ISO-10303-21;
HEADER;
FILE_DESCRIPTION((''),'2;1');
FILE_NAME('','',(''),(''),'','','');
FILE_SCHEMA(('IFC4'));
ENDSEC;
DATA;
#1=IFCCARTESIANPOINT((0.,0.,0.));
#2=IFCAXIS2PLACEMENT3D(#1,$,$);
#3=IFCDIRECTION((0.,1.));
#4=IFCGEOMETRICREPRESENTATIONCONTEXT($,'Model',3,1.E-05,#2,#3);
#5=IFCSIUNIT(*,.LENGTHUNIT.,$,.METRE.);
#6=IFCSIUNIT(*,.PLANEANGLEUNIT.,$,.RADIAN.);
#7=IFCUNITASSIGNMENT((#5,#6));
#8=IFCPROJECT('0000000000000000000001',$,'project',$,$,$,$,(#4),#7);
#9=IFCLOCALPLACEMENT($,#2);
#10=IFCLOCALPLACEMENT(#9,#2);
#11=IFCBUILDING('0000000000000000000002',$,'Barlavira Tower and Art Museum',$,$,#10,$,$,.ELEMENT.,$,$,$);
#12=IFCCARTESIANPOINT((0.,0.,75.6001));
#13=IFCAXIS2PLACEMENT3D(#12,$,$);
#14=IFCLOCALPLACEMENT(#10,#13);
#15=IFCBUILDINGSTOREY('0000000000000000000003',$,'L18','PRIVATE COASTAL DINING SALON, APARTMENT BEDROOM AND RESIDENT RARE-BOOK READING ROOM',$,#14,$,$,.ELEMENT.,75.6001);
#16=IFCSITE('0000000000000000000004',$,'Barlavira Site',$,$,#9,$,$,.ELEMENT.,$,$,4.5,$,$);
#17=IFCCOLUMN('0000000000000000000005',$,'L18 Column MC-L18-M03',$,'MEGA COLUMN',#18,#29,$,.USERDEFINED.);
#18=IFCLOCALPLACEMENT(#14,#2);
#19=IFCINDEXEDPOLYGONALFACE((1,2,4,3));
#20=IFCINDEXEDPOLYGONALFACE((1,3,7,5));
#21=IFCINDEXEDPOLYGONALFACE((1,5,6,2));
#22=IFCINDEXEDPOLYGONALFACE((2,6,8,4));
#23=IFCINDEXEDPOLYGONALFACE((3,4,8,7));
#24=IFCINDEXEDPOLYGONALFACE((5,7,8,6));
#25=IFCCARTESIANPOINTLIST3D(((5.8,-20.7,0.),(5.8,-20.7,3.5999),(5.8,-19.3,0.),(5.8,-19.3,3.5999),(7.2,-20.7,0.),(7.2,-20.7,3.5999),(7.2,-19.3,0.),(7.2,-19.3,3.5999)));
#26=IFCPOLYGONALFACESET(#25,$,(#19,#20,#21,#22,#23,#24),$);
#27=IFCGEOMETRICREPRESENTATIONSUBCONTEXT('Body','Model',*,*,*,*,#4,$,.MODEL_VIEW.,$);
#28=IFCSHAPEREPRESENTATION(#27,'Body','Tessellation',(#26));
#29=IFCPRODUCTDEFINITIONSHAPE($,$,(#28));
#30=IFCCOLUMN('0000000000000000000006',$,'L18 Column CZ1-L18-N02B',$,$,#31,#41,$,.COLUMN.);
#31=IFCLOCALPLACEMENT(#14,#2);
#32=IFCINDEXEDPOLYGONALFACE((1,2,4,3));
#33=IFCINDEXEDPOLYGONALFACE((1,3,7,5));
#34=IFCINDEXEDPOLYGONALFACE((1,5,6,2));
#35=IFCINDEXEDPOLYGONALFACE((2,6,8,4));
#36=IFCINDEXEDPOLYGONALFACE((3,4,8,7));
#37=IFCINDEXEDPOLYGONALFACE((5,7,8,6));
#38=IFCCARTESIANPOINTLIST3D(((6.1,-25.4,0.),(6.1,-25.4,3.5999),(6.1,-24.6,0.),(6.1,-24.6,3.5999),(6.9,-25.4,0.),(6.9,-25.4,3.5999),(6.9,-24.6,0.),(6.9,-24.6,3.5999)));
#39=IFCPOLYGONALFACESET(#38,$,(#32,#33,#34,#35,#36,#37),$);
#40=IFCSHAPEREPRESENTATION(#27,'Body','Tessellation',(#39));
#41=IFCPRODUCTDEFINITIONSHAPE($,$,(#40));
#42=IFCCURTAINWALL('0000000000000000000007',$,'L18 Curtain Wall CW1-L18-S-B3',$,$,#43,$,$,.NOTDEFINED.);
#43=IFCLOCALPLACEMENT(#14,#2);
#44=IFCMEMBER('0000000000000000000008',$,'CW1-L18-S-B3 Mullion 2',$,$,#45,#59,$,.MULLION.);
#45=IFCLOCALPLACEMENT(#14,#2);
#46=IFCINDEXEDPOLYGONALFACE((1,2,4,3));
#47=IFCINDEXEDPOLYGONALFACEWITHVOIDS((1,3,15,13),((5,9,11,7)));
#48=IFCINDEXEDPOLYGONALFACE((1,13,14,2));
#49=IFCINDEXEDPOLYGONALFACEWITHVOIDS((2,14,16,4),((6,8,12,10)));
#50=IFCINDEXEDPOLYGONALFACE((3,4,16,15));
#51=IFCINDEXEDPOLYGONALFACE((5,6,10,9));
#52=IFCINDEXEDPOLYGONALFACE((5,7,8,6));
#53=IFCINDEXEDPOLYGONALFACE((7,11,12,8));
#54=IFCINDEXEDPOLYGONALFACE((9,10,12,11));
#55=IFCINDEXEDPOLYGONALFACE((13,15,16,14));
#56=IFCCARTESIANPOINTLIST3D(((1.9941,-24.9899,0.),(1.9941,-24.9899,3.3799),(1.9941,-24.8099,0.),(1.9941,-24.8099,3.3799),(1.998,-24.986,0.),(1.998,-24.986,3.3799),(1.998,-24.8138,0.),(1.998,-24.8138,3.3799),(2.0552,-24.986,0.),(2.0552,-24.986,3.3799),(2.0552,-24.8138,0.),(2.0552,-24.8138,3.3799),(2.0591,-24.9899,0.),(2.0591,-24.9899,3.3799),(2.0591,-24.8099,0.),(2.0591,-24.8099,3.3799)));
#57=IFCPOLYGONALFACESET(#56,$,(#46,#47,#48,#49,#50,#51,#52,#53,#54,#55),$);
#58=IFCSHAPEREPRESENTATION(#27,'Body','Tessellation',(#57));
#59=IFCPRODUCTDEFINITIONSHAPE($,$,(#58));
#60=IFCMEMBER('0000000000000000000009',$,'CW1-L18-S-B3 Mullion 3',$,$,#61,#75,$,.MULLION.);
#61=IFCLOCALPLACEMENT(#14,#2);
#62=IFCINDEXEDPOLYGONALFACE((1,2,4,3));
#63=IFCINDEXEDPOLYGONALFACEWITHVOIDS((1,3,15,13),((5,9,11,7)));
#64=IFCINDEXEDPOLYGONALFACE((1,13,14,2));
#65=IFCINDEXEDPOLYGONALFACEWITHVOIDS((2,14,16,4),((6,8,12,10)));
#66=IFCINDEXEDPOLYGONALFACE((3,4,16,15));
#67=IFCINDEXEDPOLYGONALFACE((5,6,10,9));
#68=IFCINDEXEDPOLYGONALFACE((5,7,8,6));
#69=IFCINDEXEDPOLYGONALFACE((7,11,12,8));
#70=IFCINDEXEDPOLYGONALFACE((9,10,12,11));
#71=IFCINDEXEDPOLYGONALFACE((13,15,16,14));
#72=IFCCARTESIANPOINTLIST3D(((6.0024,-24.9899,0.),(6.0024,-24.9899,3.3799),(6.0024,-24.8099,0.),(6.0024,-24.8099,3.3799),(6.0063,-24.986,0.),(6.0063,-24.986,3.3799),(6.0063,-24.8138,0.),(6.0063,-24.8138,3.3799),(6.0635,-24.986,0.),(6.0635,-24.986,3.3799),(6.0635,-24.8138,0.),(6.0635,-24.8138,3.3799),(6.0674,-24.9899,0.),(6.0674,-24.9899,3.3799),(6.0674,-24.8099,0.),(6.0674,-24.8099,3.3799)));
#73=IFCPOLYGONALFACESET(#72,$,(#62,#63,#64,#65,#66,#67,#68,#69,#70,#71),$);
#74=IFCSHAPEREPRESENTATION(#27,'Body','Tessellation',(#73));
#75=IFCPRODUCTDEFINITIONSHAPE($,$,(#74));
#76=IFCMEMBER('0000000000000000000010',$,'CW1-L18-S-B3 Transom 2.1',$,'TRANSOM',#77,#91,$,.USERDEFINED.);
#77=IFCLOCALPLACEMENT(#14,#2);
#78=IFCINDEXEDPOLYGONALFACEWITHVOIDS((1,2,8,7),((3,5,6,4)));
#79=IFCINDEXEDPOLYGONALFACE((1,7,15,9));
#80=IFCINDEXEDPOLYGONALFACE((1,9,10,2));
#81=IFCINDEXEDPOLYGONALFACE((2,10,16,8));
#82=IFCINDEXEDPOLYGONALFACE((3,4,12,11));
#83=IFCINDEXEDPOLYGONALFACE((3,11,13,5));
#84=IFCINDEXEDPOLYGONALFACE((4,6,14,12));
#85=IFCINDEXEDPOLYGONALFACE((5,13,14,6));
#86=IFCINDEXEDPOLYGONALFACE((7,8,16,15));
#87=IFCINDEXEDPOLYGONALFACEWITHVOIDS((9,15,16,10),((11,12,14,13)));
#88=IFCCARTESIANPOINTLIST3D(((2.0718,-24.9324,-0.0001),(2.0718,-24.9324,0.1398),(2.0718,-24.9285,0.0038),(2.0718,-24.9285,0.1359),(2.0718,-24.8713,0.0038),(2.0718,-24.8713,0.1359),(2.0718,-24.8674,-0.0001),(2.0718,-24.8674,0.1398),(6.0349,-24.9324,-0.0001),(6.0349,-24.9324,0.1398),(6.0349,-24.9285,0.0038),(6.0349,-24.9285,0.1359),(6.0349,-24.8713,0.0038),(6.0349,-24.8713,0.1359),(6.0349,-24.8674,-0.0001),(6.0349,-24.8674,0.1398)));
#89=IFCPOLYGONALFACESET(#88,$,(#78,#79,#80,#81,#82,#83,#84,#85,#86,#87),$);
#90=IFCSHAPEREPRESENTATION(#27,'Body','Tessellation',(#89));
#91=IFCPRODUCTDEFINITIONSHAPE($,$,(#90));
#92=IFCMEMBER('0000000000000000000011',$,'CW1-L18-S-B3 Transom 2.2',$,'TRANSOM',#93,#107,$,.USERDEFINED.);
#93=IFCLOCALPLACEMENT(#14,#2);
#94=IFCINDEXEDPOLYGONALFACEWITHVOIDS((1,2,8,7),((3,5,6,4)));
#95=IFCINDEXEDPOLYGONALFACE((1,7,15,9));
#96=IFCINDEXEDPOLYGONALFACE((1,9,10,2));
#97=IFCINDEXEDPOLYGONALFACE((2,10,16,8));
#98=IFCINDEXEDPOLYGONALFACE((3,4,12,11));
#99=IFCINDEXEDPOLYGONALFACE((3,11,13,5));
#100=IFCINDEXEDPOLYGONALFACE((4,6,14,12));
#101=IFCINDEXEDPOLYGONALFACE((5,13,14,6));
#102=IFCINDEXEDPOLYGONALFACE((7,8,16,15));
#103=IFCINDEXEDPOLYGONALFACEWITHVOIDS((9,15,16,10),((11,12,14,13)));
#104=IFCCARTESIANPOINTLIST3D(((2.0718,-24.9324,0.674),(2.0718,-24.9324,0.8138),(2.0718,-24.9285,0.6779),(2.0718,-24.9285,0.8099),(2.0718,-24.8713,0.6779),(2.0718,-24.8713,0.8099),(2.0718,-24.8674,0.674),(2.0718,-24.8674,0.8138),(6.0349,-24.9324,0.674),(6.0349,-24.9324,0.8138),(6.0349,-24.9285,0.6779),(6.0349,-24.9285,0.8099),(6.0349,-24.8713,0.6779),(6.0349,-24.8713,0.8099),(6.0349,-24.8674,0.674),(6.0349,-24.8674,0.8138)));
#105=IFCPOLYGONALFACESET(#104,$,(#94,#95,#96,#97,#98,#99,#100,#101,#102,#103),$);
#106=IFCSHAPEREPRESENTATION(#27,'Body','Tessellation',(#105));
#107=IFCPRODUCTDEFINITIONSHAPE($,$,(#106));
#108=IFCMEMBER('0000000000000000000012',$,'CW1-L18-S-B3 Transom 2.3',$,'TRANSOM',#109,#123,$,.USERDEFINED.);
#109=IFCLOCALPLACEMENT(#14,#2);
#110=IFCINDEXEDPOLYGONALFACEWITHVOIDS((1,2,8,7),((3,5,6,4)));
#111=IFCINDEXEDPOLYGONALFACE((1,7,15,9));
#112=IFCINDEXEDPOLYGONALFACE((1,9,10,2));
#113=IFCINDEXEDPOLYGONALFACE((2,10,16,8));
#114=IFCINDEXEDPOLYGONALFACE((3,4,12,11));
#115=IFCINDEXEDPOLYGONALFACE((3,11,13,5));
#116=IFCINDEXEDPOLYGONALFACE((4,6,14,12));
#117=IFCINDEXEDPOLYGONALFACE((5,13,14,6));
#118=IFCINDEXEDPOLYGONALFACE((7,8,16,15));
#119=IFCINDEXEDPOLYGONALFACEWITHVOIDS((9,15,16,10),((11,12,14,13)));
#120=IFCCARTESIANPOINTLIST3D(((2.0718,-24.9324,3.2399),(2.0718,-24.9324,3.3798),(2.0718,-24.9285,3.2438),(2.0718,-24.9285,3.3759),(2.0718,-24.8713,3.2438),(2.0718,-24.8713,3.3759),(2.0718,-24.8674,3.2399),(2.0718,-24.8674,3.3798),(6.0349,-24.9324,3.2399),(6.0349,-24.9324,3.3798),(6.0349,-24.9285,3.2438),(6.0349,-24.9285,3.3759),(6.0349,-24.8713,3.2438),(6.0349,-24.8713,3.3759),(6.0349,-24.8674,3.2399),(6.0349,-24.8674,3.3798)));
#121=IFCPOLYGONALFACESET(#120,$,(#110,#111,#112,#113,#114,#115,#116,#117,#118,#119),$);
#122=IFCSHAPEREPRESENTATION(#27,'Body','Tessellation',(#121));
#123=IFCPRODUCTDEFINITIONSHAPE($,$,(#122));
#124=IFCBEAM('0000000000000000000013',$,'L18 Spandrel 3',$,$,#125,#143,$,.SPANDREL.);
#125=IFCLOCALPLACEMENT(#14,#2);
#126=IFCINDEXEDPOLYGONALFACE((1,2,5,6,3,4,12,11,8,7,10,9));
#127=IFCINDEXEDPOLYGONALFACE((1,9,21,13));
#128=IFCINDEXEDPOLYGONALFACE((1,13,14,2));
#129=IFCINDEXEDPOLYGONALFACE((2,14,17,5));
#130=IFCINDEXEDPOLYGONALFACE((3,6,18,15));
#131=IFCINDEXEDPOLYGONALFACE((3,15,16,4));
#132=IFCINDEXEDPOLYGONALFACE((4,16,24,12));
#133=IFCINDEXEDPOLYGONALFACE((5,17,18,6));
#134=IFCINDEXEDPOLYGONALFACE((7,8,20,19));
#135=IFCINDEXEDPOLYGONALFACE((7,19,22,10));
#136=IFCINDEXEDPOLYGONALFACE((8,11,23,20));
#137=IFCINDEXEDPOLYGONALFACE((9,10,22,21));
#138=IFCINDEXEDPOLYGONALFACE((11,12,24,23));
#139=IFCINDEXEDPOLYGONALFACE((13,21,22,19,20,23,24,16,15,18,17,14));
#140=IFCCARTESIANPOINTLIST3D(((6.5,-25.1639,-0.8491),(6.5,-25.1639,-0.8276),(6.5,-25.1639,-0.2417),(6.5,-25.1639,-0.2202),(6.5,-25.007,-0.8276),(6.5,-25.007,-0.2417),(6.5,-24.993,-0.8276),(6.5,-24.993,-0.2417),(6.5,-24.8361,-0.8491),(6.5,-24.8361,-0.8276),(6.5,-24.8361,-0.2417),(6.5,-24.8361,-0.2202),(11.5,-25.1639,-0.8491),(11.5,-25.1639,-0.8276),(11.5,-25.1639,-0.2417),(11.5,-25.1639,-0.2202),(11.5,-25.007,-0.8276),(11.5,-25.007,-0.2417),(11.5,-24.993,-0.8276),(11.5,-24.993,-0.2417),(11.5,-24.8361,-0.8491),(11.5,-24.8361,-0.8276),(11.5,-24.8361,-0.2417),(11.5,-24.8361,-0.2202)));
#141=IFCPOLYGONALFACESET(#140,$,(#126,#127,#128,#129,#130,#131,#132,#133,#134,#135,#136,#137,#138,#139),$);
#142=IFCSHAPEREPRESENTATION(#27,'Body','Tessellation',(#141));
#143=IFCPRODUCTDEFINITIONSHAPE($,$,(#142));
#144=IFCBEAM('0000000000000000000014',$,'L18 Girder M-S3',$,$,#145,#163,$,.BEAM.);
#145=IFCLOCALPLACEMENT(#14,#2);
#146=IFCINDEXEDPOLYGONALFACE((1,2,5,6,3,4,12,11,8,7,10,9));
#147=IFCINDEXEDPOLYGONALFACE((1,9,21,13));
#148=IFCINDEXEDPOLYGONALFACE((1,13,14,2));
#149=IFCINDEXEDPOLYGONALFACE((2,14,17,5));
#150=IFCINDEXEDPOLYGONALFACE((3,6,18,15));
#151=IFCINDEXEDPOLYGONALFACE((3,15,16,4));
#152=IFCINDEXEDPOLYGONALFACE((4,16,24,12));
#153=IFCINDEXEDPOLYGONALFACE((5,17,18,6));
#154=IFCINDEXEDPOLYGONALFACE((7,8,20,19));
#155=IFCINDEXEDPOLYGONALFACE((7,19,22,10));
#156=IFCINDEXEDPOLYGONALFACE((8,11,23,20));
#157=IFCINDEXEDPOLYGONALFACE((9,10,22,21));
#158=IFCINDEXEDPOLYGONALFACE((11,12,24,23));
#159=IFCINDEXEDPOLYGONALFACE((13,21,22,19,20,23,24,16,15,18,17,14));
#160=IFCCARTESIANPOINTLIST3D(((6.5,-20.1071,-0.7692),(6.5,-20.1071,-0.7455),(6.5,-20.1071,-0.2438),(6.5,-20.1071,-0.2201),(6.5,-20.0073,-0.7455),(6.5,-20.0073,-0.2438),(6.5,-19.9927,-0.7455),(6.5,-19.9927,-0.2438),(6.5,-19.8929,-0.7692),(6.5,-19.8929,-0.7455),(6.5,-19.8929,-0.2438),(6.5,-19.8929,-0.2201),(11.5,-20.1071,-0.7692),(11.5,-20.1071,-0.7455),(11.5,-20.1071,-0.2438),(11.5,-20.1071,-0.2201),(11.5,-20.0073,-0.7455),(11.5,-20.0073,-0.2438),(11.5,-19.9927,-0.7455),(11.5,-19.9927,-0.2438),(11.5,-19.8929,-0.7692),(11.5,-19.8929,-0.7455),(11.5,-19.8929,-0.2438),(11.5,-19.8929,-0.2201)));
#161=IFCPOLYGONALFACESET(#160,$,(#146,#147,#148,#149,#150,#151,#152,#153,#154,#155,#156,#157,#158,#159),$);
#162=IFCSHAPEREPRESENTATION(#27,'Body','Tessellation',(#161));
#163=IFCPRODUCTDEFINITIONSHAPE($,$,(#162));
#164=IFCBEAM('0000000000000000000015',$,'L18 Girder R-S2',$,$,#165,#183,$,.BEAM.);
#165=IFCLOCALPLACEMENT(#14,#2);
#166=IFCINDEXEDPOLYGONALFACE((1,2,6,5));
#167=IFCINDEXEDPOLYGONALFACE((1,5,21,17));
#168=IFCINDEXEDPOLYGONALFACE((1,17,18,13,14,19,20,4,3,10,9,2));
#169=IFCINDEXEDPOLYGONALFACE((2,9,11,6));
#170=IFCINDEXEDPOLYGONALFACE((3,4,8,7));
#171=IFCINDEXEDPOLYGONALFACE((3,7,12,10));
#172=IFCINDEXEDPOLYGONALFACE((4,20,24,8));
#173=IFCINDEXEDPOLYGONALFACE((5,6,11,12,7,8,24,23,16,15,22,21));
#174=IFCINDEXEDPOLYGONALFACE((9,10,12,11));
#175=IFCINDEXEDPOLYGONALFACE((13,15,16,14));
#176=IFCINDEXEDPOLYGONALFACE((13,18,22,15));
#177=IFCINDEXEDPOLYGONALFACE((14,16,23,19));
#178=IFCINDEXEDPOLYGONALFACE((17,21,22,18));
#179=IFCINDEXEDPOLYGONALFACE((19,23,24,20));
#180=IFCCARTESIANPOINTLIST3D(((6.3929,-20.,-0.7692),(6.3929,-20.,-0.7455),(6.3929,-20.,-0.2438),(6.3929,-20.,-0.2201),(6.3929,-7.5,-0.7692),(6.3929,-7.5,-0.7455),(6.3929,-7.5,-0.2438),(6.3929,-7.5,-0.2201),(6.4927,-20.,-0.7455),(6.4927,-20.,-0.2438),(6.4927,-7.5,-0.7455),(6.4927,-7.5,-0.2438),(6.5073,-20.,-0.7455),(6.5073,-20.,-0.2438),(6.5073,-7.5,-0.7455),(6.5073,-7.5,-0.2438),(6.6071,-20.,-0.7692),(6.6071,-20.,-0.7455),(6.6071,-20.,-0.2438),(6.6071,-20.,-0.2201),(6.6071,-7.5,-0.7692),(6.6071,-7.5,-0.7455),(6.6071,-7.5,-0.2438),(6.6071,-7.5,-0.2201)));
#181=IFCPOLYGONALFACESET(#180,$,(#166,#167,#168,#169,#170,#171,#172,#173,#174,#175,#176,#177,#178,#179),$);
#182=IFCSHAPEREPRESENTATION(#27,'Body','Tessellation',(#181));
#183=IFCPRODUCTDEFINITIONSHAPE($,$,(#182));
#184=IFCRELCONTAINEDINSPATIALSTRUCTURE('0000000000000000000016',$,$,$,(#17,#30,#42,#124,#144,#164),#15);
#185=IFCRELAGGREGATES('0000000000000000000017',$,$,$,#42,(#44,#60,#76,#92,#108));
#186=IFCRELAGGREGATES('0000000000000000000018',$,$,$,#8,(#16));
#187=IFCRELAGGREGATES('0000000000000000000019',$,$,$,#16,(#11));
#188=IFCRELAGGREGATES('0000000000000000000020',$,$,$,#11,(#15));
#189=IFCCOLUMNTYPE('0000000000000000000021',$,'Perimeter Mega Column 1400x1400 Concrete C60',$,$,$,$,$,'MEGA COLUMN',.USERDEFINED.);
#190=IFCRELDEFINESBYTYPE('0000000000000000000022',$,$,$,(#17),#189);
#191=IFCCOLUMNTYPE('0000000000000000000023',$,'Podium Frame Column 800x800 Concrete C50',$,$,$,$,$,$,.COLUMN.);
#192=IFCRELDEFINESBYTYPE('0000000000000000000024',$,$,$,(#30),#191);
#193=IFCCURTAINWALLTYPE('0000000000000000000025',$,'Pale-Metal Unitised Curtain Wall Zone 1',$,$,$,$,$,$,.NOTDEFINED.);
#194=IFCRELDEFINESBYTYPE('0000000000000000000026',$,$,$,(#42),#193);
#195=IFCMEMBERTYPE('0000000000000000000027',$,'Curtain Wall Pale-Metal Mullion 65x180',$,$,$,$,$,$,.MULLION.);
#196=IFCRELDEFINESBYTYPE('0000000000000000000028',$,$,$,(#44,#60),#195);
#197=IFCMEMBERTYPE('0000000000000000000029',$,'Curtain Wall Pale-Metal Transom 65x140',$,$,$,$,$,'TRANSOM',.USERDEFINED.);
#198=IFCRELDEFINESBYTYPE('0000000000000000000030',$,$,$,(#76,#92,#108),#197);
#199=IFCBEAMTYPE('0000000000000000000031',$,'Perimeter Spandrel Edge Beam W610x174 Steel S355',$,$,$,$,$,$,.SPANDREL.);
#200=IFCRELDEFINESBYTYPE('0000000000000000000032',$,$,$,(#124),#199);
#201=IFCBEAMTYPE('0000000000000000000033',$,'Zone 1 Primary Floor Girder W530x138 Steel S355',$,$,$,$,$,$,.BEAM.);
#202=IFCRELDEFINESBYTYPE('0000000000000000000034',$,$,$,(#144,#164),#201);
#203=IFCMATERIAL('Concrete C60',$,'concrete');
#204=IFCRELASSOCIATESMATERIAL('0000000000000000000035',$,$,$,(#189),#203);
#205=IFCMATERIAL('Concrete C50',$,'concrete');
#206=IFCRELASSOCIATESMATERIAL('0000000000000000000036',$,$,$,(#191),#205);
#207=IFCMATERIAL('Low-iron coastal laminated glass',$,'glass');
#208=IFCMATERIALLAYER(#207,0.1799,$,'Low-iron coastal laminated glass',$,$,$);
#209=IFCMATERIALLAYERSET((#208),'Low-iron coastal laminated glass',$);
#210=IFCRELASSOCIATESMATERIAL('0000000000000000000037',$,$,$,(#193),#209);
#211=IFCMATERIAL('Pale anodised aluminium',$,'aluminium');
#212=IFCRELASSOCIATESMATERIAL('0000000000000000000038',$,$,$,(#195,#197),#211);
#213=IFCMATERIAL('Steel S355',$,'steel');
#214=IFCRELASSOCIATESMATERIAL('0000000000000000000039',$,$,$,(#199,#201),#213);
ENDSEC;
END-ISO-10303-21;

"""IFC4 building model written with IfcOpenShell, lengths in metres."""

from ifc_helpers import new_model, si_unit, direction, frame, origin, origin_2d, place, context, subcontext, project, spatial, rectangle, hollow_rectangle, i_section, extrude, material, layer, layer_set, material_profile, profile_set, type_object, element, aggregate, save


model = new_model("IFC4")

# Units and contexts
model_context = context("Model", 3, precision=1e-05, world=origin(), true_north=direction((0.0, 1.0)))
body_context = subcontext(model_context, "Body", "Model", "MODEL_VIEW")
ifc_project = project(units=[si_unit("LENGTHUNIT", "METRE"), si_unit("PLANEANGLEUNIT", "RADIAN")], contexts=[model_context])

# Site, building, storey
site_placement = place(None, origin())
site = spatial("IfcSite", under=ifc_project, at=site_placement, Name="Barlavira Site", CompositionType="ELEMENT", RefElevation=4.5)
building_placement = place(site_placement, origin())
building = spatial("IfcBuilding", under=site, at=building_placement, Name="Barlavira Tower and Art Museum", CompositionType="ELEMENT")
storey_placement = place(building_placement, frame((0.0, 0.0, 75.6001)))
storey = spatial("IfcBuildingStorey", under=building, at=storey_placement, Name="L18", Description="PRIVATE COASTAL DINING SALON, APARTMENT BEDROOM AND RESIDENT RARE-BOOK READING ROOM", CompositionType="ELEMENT", Elevation=75.6001)

# Columns
ifc_material_1 = material(Name="Concrete C60", Category="concrete")
ifc_material_profile_1 = material_profile(ifc_material_1, rectangle(XDim=1.3999, YDim=1.3999, at=origin_2d()), Name="RC-MCOL 1400x1400")
ifc_profile_set_1 = profile_set([ifc_material_profile_1], Name="Concrete C60")
column_type_1 = type_object("IfcColumnType", Name="Perimeter Mega Column 1400x1400 Concrete C60", ElementType="MEGA COLUMN", PredefinedType="USERDEFINED", material=ifc_profile_set_1)
column_1_placement = place(storey_placement, frame((6.5, -20.0, 0.0), z_axis=(0.0, 0.0, 1.0), x_axis=(1.0, 0.0, 0.0)))
element("IfcColumn", 1, at=column_1_placement, inside=storey, type_object=column_type_1, Name="L18 Column MC-L18-M03", ObjectType="MEGA COLUMN", PredefinedType="USERDEFINED", context=body_context, shape_type="SweptSolid", body=[
    extrude(rectangle(XDim=1.3999, YDim=1.3999, at=origin_2d()), origin(), (0.0, 0.0, 1.0), 3.5999),
])
ifc_material_2 = material(Name="Concrete C50", Category="concrete")
ifc_material_profile_2 = material_profile(ifc_material_2, rectangle(XDim=0.8, YDim=0.8, at=origin_2d()), Name="RC-COL 800x800")
ifc_profile_set_2 = profile_set([ifc_material_profile_2], Name="Concrete C50")
column_type_2 = type_object("IfcColumnType", Name="Podium Frame Column 800x800 Concrete C50", PredefinedType="COLUMN", material=ifc_profile_set_2)
column_2_placement = place(storey_placement, frame((6.5, -25.0, 0.0), z_axis=(0.0, 0.0, 1.0), x_axis=(1.0, 0.0, 0.0)))
element("IfcColumn", 2, at=column_2_placement, inside=storey, type_object=column_type_2, Name="L18 Column CZ1-L18-N02B", PredefinedType="COLUMN", context=body_context, shape_type="SweptSolid", body=[
    extrude(rectangle(XDim=0.8, YDim=0.8, at=origin_2d()), origin(), (0.0, 0.0, 1.0), 3.5999),
])

# Curtain wall, members
ifc_material_3 = material(Name="Low-iron coastal laminated glass", Category="glass")
ifc_layer_1 = layer(ifc_material_3, 0.1799, Name="Low-iron coastal laminated glass")
ifc_layer_set_1 = layer_set([ifc_layer_1], Name="Low-iron coastal laminated glass")
curtain_wall_type = type_object("IfcCurtainWallType", Name="Pale-Metal Unitised Curtain Wall Zone 1", PredefinedType="NOTDEFINED", material=ifc_layer_set_1)
curtain_wall_placement = place(storey_placement, origin())
curtain_wall = element("IfcCurtainWall", 3, at=curtain_wall_placement, inside=storey, type_object=curtain_wall_type, Name="L18 Curtain Wall CW1-L18-S-B3", PredefinedType="NOTDEFINED")
ifc_material_4 = material(Name="Pale anodised aluminium", Category="aluminium")
ifc_material_profile_3 = material_profile(ifc_material_4, hollow_rectangle(XDim=0.0649, YDim=0.1799, WallThickness=0.0039, at=origin_2d()), Name="ALU-MULL 65x180x4")
ifc_profile_set_3 = profile_set([ifc_material_profile_3], Name="Pale anodised aluminium")
member_type_1 = type_object("IfcMemberType", Name="Curtain Wall Pale-Metal Mullion 65x180", PredefinedType="MULLION", material=ifc_profile_set_3)
member_1_placement = place(storey_placement, frame((2.0266, -24.8999, 0.0), z_axis=(0.0, 0.0, 1.0), x_axis=(1.0, 0.0, 0.0)))
member_1 = element("IfcMember", 4, at=member_1_placement, type_object=member_type_1, Name="CW1-L18-S-B3 Mullion 2", PredefinedType="MULLION", context=body_context, shape_type="SweptSolid", body=[
    extrude(hollow_rectangle(XDim=0.0649, YDim=0.1799, WallThickness=0.0039, at=origin_2d()), origin(), (0.0, 0.0, 1.0), 3.3799),
])
member_2_placement = place(storey_placement, frame((6.0349, -24.8999, 0.0), z_axis=(0.0, 0.0, 1.0), x_axis=(1.0, 0.0, 0.0)))
member_2 = element("IfcMember", 5, at=member_2_placement, type_object=member_type_1, Name="CW1-L18-S-B3 Mullion 3", PredefinedType="MULLION", context=body_context, shape_type="SweptSolid", body=[
    extrude(hollow_rectangle(XDim=0.0649, YDim=0.1799, WallThickness=0.0039, at=origin_2d()), origin(), (0.0, 0.0, 1.0), 3.3799),
])
ifc_material_profile_4 = material_profile(ifc_material_4, hollow_rectangle(XDim=0.0649, YDim=0.1399, WallThickness=0.0039, at=origin_2d()), Name="ALU-TRAN 65x140x4")
ifc_profile_set_4 = profile_set([ifc_material_profile_4], Name="Pale anodised aluminium")
member_type_2 = type_object("IfcMemberType", Name="Curtain Wall Pale-Metal Transom 65x140", ElementType="TRANSOM", PredefinedType="USERDEFINED", material=ifc_profile_set_4)
member_3_placement = place(storey_placement, frame((2.0718, -24.8999, 0.0698), z_axis=(1.0, 0.0, 0.0), x_axis=(0.0, 1.0, 0.0)))
member_3 = element("IfcMember", 6, at=member_3_placement, type_object=member_type_2, Name="CW1-L18-S-B3 Transom 2.1", ObjectType="TRANSOM", PredefinedType="USERDEFINED", context=body_context, shape_type="SweptSolid", body=[
    extrude(hollow_rectangle(XDim=0.0649, YDim=0.1399, WallThickness=0.0039, at=origin_2d()), origin(), (0.0, 0.0, 1.0), 3.9631),
])
member_4_placement = place(storey_placement, frame((2.0718, -24.8999, 0.7439), z_axis=(1.0, 0.0, 0.0), x_axis=(0.0, 1.0, 0.0)))
member_4 = element("IfcMember", 7, at=member_4_placement, type_object=member_type_2, Name="CW1-L18-S-B3 Transom 2.2", ObjectType="TRANSOM", PredefinedType="USERDEFINED", context=body_context, shape_type="SweptSolid", body=[
    extrude(hollow_rectangle(XDim=0.0649, YDim=0.1399, WallThickness=0.0039, at=origin_2d()), origin(), (0.0, 0.0, 1.0), 3.9631),
])
member_5_placement = place(storey_placement, frame((2.0718, -24.8999, 3.3098), z_axis=(1.0, 0.0, 0.0), x_axis=(0.0, 1.0, 0.0)))
member_5 = element("IfcMember", 8, at=member_5_placement, type_object=member_type_2, Name="CW1-L18-S-B3 Transom 2.3", ObjectType="TRANSOM", PredefinedType="USERDEFINED", context=body_context, shape_type="SweptSolid", body=[
    extrude(hollow_rectangle(XDim=0.0649, YDim=0.1399, WallThickness=0.0039, at=origin_2d()), origin(), (0.0, 0.0, 1.0), 3.9631),
])

# Beams
ifc_material_5 = material(Name="Steel S355", Category="steel")
ifc_material_profile_5 = material_profile(ifc_material_5, i_section(OverallWidth=0.3279, OverallDepth=0.6289, WebThickness=0.0139, FlangeThickness=0.0215, at=origin_2d()), Name="W610x174.0")
ifc_profile_set_5 = profile_set([ifc_material_profile_5], Name="Steel S355")
beam_type_1 = type_object("IfcBeamType", Name="Perimeter Spandrel Edge Beam W610x174 Steel S355", PredefinedType="SPANDREL", material=ifc_profile_set_5)
beam_1_placement = place(storey_placement, frame((6.5, -25.0, -0.5347), z_axis=(1.0, 0.0, 0.0), x_axis=(0.0, 1.0, 0.0)))
element("IfcBeam", 9, at=beam_1_placement, inside=storey, type_object=beam_type_1, Name="L18 Spandrel 3", PredefinedType="SPANDREL", context=body_context, shape_type="SweptSolid", body=[
    extrude(i_section(OverallWidth=0.3279, OverallDepth=0.6289, WebThickness=0.0139, FlangeThickness=0.0215, at=origin_2d()), origin(), (0.0, 0.0, 1.0), 5.0),
])
ifc_material_profile_6 = material_profile(ifc_material_5, i_section(OverallWidth=0.2141, OverallDepth=0.5491, WebThickness=0.0146, FlangeThickness=0.0237, at=origin_2d()), Name="W530x138.0")
ifc_profile_set_6 = profile_set([ifc_material_profile_6], Name="Steel S355")
beam_type_2 = type_object("IfcBeamType", Name="Zone 1 Primary Floor Girder W530x138 Steel S355", PredefinedType="BEAM", material=ifc_profile_set_6)
beam_2_placement = place(storey_placement, frame((6.5, -20.0, -0.4946), z_axis=(1.0, 0.0, 0.0), x_axis=(0.0, 1.0, 0.0)))
element("IfcBeam", 10, at=beam_2_placement, inside=storey, type_object=beam_type_2, Name="L18 Girder M-S3", PredefinedType="BEAM", context=body_context, shape_type="SweptSolid", body=[
    extrude(i_section(OverallWidth=0.2141, OverallDepth=0.5491, WebThickness=0.0146, FlangeThickness=0.0237, at=origin_2d()), origin(), (0.0, 0.0, 1.0), 5.0),
])
beam_3_placement = place(storey_placement, frame((6.5, -20.0, -0.4946), z_axis=(0.0, 1.0, 0.0), x_axis=(-1.0, 0.0, 0.0)))
element("IfcBeam", 11, at=beam_3_placement, inside=storey, type_object=beam_type_2, Name="L18 Girder R-S2", PredefinedType="BEAM", context=body_context, shape_type="SweptSolid", body=[
    extrude(i_section(OverallWidth=0.2141, OverallDepth=0.5491, WebThickness=0.0146, FlangeThickness=0.0237, at=origin_2d()), origin(), (0.0, 0.0, 1.0), 12.5),
])

aggregate(curtain_wall, [member_1, member_2, member_3, member_4, member_5])

save(model, "model.ifc")
